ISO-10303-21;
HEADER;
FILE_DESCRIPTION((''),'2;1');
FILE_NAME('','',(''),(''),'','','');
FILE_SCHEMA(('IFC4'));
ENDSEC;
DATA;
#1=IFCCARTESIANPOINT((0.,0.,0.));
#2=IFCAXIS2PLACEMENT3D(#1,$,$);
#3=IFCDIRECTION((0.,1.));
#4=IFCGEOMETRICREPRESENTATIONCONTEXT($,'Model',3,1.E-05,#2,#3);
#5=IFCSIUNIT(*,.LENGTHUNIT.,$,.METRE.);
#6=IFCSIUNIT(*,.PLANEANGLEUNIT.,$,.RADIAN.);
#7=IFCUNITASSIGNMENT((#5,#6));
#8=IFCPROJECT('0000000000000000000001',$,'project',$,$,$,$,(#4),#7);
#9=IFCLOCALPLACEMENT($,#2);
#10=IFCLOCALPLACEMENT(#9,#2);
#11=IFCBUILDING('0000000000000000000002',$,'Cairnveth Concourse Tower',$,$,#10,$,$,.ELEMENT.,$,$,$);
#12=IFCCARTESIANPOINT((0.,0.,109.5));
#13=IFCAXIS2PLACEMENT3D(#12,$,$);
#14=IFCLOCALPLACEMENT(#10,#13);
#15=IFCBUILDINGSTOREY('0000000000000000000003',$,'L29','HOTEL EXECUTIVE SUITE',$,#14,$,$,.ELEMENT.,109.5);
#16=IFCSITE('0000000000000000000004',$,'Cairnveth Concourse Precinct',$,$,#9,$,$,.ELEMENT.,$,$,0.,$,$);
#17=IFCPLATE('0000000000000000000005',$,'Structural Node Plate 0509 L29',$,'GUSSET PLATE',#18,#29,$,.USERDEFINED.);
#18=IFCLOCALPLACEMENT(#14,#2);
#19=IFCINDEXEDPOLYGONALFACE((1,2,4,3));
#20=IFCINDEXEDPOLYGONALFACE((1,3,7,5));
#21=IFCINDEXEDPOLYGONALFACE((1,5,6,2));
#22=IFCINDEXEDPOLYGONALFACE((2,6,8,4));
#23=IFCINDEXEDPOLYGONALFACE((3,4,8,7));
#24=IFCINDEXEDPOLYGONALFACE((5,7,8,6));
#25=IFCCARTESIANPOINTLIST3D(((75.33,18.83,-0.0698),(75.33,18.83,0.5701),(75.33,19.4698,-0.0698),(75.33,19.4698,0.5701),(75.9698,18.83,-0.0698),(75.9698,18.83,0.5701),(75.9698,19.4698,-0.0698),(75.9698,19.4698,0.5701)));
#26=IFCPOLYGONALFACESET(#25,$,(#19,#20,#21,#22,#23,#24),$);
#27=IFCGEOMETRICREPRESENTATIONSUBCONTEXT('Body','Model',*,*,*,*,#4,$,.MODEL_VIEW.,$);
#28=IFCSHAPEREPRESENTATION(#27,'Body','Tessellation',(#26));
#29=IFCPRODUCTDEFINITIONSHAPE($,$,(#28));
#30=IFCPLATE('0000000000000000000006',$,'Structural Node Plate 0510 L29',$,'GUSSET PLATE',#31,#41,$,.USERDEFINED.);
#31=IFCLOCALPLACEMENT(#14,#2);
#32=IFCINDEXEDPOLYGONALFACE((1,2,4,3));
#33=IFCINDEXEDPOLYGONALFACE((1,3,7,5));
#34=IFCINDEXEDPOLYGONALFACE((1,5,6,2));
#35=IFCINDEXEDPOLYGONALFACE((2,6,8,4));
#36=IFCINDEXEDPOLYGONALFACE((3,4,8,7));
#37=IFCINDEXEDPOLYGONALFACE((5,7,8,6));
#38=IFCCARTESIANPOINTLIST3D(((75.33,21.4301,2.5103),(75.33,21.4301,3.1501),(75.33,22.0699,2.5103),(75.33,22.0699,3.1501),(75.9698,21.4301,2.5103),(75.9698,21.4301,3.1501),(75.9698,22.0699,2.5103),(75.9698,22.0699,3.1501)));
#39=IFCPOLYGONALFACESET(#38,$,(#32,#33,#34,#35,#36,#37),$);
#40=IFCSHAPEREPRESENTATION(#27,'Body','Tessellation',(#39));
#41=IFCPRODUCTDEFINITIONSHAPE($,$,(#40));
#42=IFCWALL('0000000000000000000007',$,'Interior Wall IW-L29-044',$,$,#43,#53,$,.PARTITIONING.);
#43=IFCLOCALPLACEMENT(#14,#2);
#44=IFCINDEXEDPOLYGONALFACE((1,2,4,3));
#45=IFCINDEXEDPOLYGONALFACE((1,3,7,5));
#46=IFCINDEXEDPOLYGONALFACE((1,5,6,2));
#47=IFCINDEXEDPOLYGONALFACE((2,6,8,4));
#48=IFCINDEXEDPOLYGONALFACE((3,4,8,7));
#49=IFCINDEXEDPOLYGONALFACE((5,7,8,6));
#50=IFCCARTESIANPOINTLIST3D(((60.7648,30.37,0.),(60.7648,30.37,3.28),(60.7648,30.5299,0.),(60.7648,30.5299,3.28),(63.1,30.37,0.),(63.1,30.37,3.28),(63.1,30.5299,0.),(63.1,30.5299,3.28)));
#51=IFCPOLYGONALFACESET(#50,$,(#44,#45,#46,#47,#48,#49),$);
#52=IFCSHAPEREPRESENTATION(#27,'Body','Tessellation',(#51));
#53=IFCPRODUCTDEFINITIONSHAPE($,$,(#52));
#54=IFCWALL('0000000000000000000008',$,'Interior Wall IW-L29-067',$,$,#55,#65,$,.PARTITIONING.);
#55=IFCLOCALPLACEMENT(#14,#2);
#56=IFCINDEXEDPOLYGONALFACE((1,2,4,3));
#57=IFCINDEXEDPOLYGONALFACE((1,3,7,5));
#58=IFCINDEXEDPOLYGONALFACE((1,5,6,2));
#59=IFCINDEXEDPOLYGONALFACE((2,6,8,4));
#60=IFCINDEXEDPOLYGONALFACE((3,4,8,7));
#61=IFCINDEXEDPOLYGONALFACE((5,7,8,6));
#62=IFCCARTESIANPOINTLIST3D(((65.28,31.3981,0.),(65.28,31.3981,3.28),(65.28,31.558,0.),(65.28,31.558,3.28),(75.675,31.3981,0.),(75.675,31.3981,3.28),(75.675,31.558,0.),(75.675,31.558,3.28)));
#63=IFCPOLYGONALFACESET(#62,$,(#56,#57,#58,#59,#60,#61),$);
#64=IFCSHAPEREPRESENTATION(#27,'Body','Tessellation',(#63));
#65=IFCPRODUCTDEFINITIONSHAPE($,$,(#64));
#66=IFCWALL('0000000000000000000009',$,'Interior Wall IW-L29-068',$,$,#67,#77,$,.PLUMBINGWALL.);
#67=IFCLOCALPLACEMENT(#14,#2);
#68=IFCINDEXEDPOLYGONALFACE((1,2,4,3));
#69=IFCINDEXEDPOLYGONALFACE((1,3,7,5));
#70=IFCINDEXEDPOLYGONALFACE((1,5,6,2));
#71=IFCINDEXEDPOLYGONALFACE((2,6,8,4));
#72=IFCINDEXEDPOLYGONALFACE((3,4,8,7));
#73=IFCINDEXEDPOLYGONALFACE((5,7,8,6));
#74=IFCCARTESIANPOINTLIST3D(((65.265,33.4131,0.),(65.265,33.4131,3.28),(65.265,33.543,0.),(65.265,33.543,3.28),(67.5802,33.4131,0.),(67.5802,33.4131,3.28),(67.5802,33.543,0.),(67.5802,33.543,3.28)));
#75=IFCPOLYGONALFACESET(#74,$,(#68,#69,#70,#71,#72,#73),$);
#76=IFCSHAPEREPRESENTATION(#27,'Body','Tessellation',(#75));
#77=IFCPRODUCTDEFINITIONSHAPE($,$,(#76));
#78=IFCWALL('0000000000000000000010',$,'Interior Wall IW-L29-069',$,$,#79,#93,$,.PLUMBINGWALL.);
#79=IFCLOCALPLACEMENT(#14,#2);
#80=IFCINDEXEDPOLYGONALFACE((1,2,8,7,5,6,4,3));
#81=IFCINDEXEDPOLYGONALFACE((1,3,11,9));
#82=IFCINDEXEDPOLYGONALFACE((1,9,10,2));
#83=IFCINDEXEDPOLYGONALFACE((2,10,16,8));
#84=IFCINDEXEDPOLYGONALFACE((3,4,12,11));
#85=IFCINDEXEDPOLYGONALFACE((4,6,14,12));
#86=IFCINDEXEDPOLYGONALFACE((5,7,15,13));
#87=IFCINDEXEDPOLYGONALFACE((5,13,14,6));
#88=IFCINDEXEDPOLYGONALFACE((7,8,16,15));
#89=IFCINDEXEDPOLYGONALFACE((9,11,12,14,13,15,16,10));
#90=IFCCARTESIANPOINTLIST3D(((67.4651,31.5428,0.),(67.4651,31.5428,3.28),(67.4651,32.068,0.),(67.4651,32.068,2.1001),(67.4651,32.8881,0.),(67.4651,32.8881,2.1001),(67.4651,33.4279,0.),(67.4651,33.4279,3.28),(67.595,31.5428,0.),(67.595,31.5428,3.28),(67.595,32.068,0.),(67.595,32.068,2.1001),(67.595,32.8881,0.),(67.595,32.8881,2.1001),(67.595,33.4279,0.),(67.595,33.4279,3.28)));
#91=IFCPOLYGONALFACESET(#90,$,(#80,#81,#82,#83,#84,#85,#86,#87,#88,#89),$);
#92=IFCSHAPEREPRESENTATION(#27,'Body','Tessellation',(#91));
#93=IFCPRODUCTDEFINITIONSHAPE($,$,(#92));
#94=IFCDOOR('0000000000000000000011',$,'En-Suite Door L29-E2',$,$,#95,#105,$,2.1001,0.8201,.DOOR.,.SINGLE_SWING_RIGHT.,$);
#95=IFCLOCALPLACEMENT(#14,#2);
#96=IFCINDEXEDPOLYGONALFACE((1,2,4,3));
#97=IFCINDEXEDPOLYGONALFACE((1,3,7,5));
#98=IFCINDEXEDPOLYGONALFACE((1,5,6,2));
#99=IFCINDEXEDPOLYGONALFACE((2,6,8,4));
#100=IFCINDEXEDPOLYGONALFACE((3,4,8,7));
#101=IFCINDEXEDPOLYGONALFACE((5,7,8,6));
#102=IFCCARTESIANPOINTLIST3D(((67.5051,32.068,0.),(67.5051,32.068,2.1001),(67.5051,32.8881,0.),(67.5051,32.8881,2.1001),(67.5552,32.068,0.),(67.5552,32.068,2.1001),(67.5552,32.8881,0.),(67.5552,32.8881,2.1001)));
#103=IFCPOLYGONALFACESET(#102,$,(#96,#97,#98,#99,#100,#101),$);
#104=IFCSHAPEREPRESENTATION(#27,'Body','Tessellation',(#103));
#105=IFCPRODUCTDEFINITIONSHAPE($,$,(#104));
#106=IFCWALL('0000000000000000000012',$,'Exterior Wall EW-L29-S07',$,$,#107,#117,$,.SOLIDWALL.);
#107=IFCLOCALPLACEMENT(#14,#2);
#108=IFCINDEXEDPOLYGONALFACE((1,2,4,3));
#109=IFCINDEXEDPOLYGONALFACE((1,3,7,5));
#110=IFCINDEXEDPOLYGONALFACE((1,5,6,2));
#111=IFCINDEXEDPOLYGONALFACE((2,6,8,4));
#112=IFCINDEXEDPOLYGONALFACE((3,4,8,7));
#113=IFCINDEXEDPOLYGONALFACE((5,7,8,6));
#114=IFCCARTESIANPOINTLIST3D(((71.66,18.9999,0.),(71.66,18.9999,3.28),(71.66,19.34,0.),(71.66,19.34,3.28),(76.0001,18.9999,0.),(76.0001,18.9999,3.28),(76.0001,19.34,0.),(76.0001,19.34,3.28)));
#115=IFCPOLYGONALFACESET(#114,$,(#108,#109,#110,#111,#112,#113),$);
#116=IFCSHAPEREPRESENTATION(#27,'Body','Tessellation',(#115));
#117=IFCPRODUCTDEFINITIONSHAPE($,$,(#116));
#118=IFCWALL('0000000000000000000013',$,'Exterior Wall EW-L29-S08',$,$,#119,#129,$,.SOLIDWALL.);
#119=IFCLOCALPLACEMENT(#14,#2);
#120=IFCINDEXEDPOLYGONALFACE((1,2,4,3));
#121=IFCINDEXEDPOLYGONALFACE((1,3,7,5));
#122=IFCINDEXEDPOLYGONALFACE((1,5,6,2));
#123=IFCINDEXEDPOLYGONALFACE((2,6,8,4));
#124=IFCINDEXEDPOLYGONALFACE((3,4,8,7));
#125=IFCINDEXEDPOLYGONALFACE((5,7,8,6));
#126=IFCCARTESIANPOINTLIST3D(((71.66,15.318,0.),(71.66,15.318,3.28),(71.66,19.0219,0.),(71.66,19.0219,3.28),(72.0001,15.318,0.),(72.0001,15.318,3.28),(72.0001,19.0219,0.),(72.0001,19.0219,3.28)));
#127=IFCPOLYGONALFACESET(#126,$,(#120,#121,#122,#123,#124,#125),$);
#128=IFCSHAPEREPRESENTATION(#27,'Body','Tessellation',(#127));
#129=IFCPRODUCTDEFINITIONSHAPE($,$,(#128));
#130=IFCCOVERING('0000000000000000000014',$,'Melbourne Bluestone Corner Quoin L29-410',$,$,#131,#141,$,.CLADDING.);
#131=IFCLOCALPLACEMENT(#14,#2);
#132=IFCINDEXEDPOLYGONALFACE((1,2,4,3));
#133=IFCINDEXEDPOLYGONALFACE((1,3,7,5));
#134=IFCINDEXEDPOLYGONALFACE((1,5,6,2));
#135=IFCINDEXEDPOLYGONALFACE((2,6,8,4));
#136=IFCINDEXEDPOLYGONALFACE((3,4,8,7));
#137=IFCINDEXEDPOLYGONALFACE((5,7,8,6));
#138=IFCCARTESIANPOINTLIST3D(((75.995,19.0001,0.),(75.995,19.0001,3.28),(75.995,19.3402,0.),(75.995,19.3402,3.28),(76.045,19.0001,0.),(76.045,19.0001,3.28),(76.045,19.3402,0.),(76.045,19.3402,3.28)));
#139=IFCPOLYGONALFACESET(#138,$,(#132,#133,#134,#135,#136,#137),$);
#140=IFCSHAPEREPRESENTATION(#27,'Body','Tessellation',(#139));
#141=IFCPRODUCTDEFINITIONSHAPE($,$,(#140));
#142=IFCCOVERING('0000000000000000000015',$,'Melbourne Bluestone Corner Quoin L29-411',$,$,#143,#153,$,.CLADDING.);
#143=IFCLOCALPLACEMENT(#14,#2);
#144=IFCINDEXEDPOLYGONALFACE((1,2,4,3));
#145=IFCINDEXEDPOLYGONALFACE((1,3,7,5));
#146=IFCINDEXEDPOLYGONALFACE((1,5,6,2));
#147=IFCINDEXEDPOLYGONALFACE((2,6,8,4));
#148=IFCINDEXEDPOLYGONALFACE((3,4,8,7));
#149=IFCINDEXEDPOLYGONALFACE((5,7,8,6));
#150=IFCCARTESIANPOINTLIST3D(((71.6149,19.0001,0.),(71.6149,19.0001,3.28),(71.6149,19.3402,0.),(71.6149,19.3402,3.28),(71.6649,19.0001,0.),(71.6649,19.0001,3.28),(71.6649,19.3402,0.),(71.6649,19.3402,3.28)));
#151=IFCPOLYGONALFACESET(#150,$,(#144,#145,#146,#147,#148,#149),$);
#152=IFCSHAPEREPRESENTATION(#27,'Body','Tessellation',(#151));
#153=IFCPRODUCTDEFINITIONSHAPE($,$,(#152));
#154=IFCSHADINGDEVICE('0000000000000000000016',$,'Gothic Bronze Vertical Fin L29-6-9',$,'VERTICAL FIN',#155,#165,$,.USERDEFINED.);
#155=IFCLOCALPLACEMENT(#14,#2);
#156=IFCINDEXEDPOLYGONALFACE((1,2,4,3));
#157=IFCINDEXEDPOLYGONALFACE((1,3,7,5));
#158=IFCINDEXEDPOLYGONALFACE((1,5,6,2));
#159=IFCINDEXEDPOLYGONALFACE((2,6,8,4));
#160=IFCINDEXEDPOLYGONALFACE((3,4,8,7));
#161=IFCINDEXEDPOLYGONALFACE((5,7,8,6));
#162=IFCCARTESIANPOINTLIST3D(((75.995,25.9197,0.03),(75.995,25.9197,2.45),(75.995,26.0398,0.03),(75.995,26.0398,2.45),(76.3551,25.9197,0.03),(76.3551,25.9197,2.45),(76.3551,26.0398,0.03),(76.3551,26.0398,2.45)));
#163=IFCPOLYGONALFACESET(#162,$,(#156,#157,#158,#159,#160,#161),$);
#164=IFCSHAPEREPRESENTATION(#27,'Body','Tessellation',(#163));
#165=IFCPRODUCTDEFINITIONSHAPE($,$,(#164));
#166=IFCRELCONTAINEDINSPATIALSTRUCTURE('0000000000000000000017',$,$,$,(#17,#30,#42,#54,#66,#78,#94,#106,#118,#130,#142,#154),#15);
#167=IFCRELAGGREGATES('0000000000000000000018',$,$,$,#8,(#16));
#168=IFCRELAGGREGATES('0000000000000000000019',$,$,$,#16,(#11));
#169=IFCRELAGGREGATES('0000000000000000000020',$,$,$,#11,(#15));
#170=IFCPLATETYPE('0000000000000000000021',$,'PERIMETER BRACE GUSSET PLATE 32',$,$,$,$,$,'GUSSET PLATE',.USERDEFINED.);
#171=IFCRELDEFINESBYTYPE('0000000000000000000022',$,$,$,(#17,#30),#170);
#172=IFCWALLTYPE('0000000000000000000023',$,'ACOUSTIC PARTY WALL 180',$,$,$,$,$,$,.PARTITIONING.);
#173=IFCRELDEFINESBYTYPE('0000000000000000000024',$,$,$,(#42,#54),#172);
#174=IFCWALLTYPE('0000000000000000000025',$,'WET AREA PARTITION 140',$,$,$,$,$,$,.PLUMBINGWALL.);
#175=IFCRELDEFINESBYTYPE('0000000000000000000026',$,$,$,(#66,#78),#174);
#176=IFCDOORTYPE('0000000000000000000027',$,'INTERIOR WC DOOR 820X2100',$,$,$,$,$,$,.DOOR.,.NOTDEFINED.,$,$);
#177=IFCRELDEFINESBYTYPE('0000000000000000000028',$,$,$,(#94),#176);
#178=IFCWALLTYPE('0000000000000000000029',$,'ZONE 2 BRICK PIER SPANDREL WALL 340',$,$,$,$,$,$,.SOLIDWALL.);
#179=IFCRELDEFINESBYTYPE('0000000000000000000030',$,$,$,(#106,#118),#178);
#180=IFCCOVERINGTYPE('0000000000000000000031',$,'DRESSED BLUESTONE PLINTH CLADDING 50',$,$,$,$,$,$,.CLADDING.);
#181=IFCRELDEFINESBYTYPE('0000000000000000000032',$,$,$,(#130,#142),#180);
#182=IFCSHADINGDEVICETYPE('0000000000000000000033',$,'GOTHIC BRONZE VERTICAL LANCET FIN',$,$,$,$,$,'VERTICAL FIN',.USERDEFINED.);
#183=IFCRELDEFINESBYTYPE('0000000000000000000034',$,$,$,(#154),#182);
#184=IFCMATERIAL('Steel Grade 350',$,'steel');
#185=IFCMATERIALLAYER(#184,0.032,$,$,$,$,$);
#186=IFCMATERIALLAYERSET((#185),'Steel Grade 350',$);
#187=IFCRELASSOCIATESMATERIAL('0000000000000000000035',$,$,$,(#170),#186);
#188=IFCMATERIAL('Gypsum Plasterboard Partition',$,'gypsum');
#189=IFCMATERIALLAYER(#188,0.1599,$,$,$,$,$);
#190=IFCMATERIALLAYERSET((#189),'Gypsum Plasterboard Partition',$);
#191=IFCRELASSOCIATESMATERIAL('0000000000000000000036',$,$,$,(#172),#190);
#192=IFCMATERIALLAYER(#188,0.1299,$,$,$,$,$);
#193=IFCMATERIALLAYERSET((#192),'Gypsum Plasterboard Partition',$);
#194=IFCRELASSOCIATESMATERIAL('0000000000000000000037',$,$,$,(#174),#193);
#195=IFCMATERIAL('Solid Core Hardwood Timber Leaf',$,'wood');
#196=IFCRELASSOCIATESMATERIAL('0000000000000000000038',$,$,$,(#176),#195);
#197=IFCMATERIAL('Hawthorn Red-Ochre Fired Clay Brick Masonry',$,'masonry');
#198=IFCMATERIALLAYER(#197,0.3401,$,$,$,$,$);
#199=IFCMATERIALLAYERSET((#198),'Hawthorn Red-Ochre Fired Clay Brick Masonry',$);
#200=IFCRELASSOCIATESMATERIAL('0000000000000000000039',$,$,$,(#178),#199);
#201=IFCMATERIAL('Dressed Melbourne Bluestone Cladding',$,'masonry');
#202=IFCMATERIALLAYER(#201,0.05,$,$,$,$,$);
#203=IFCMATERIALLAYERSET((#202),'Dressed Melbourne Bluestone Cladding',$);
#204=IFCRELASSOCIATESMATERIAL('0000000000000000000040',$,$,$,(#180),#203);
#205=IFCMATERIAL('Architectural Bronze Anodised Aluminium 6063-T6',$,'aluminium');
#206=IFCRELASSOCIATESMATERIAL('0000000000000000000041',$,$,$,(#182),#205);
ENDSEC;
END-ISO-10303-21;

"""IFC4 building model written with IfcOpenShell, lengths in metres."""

from ifc_helpers import new_model, si_unit, direction, frame, frame_2d, origin, origin_2d, place, context, subcontext, project, spatial, rectangle, extrude, material, layer, layer_set, type_object, element, fill, save


model = new_model("IFC4")

# Units and contexts
model_context = context("Model", 3, precision=1e-05, world=origin(), true_north=direction((0.0, 1.0)))
body_context = subcontext(model_context, "Body", "Model", "MODEL_VIEW")
ifc_project = project(units=[si_unit("LENGTHUNIT", "METRE"), si_unit("PLANEANGLEUNIT", "RADIAN")], contexts=[model_context])

# Site, building, storey
site_placement = place(None, origin())
site = spatial("IfcSite", under=ifc_project, at=site_placement, Name="Cairnveth Concourse Precinct", CompositionType="ELEMENT", RefElevation=0.0)
building_placement = place(site_placement, origin())
building = spatial("IfcBuilding", under=site, at=building_placement, Name="Cairnveth Concourse Tower", CompositionType="ELEMENT")
storey_placement = place(building_placement, frame((0.0, 0.0, 109.5)))
storey = spatial("IfcBuildingStorey", under=building, at=storey_placement, Name="L29", Description="HOTEL EXECUTIVE SUITE", CompositionType="ELEMENT", Elevation=109.5)

# Shared definitions
ifc_material_1 = material(Name="Steel Grade 350", Category="steel")

# Plates
ifc_layer_1 = layer(ifc_material_1, 0.032)
ifc_layer_set_1 = layer_set([ifc_layer_1], Name="Steel Grade 350")
plate_type = type_object("IfcPlateType", Name="PERIMETER BRACE GUSSET PLATE 32", ElementType="GUSSET PLATE", PredefinedType="USERDEFINED", material=ifc_layer_set_1)
for number, where, z_axis, x_axis, name in (
    (1, (75.6499, 19.1499, -0.0698), (0.0, 0.0, 1.0), (1.0, 0.0, 0.0), "Structural Node Plate 0509 L29"),
    (2, (75.6499, 21.75, 2.5103), (0.0, 0.0, 1.0), (1.0, 0.0, 0.0), "Structural Node Plate 0510 L29"),
):
    element("IfcPlate", number, at=place(storey_placement, frame(where, z_axis=z_axis, x_axis=x_axis)), inside=storey, type_object=plate_type, Name=name, ObjectType="GUSSET PLATE", PredefinedType="USERDEFINED", context=body_context, shape_type="SweptSolid", body=[
        extrude(rectangle(XDim=0.6399, YDim=0.6399, at=origin_2d()), origin(), (0.0, 0.0, 1.0), 0.6399),
    ])

# Walls
ifc_material_2 = material(Name="Gypsum Plasterboard Partition", Category="gypsum")
ifc_layer_2 = layer(ifc_material_2, 0.1599)
ifc_layer_set_2 = layer_set([ifc_layer_2], Name="Gypsum Plasterboard Partition")
wall_type_1 = type_object("IfcWallType", Name="ACOUSTIC PARTY WALL 180", PredefinedType="PARTITIONING", material=ifc_layer_set_2)
wall_1_placement = place(storey_placement, frame((60.7649, 30.45, 0.0), z_axis=(0.0, 0.0, 1.0), x_axis=(1.0, 0.0, 0.0)))
element("IfcWall", 3, at=wall_1_placement, inside=storey, type_object=wall_type_1, Name="Interior Wall IW-L29-044", PredefinedType="PARTITIONING", context=body_context, shape_type="SweptSolid", body=[
    extrude(rectangle(XDim=2.3352, YDim=0.1599, at=frame_2d((1.1675, 0.0))), origin(), (0.0, 0.0, 1.0), 3.28),
])
wall_2_placement = place(storey_placement, frame((65.28, 31.478, 0.0), z_axis=(0.0, 0.0, 1.0), x_axis=(1.0, 0.0, 0.0)))
element("IfcWall", 4, at=wall_2_placement, inside=storey, type_object=wall_type_1, Name="Interior Wall IW-L29-067", PredefinedType="PARTITIONING", context=body_context, shape_type="SweptSolid", body=[
    extrude(rectangle(XDim=10.395, YDim=0.1599, at=frame_2d((5.1975, 0.0))), origin(), (0.0, 0.0, 1.0), 3.28),
])
ifc_layer_3 = layer(ifc_material_2, 0.1299)
ifc_layer_set_3 = layer_set([ifc_layer_3], Name="Gypsum Plasterboard Partition")
wall_type_2 = type_object("IfcWallType", Name="WET AREA PARTITION 140", PredefinedType="PLUMBINGWALL", material=ifc_layer_set_3)
wall_3_placement = place(storey_placement, frame((65.2649, 33.478, 0.0), z_axis=(0.0, 0.0, 1.0), x_axis=(1.0, 0.0, 0.0)))
element("IfcWall", 5, at=wall_3_placement, inside=storey, type_object=wall_type_2, Name="Interior Wall IW-L29-068", PredefinedType="PLUMBINGWALL", context=body_context, shape_type="SweptSolid", body=[
    extrude(rectangle(XDim=2.3152, YDim=0.1299, at=frame_2d((1.1577, 0.0))), origin(), (0.0, 0.0, 1.0), 3.28),
])

# Wall, opening, door
wall_4_placement = place(storey_placement, frame((67.53, 31.543, 0.0), z_axis=(0.0, 0.0, 1.0), x_axis=(0.0, 1.0, 0.0)))
wall_4 = element("IfcWall", 6, at=wall_4_placement, inside=storey, type_object=wall_type_2, Name="Interior Wall IW-L29-069", PredefinedType="PLUMBINGWALL", context=body_context, shape_type="SweptSolid", body=[
    extrude(rectangle(XDim=1.885, YDim=0.1299, at=frame_2d((0.9424, 0.0))), origin(), (0.0, 0.0, 1.0), 3.28),
])
opening_placement = place(wall_4_placement, frame((0.5249, 0.0, 0.0)))
opening = element("IfcOpeningElement", 7, at=opening_placement, cuts=wall_4, PredefinedType="OPENING", context=body_context, shape_type="SweptSolid", body=[
    extrude(rectangle(XDim=0.8201, YDim=2.1001, at=frame_2d((0.4102, 1.05))), frame((0.0, 0.075, 0.0), z_axis=(0.0, -1.0, 0.0), x_axis=(1.0, 0.0, 0.0)), (0.0, 0.0, 1.0), 0.1499),
])
ifc_material_3 = material(Name="Solid Core Hardwood Timber Leaf", Category="wood")
door_type = type_object("IfcDoorType", Name="INTERIOR WC DOOR 820X2100", OperationType="NOTDEFINED", PredefinedType="DOOR", material=ifc_material_3)
door_placement = place(opening_placement, origin())
door = element("IfcDoor", 8, at=door_placement, inside=storey, type_object=door_type, Name="En-Suite Door L29-E2", OperationType="SINGLE_SWING_RIGHT", OverallHeight=2.1001, OverallWidth=0.8201, PredefinedType="DOOR", context=body_context, shape_type="SweptSolid", body=[
    extrude(rectangle(XDim=0.8201, YDim=2.1001, at=frame_2d((0.4102, 1.05))), frame((0.0, 0.0249, 0.0), z_axis=(0.0, -1.0, 0.0), x_axis=(1.0, 0.0, 0.0)), (0.0, 0.0, 1.0), 0.05),
])
fill(opening, door)

# Walls
ifc_material_4 = material(Name="Hawthorn Red-Ochre Fired Clay Brick Masonry", Category="masonry")
ifc_layer_4 = layer(ifc_material_4, 0.3401)
ifc_layer_set_4 = layer_set([ifc_layer_4], Name="Hawthorn Red-Ochre Fired Clay Brick Masonry")
wall_type_3 = type_object("IfcWallType", Name="ZONE 2 BRICK PIER SPANDREL WALL 340", PredefinedType="SOLIDWALL", material=ifc_layer_set_4)
wall_5_placement = place(storey_placement, frame((76.0, 19.1699, 0.0), z_axis=(0.0, 0.0, 1.0), x_axis=(-1.0, 0.0, 0.0)))
element("IfcWall", 9, at=wall_5_placement, inside=storey, type_object=wall_type_3, Name="Exterior Wall EW-L29-S07", PredefinedType="SOLIDWALL", context=body_context, shape_type="SweptSolid", body=[
    extrude(rectangle(XDim=4.3401, YDim=0.3401, at=frame_2d((2.1699, 0.0))), origin(), (0.0, 0.0, 1.0), 3.28),
])
wall_6_placement = place(storey_placement, frame((71.8301, 19.022, 0.0), z_axis=(0.0, 0.0, 1.0), x_axis=(0.0, -1.0, 0.0)))
element("IfcWall", 10, at=wall_6_placement, inside=storey, type_object=wall_type_3, Name="Exterior Wall EW-L29-S08", PredefinedType="SOLIDWALL", context=body_context, shape_type="SweptSolid", body=[
    extrude(rectangle(XDim=3.7039, YDim=0.3401, at=frame_2d((1.8521, 0.0))), origin(), (0.0, 0.0, 1.0), 3.28),
])

# Coverings
ifc_material_5 = material(Name="Dressed Melbourne Bluestone Cladding", Category="masonry")
ifc_layer_5 = layer(ifc_material_5, 0.05)
ifc_layer_set_5 = layer_set([ifc_layer_5], Name="Dressed Melbourne Bluestone Cladding")
covering_type = type_object("IfcCoveringType", Name="DRESSED BLUESTONE PLINTH CLADDING 50", PredefinedType="CLADDING", material=ifc_layer_set_5)
for number, where, z_axis, x_axis, name in (
    (11, (76.02, 19.3401, 0.0), (0.0, 0.0, 1.0), (0.0, -1.0, 0.0), "Melbourne Bluestone Corner Quoin L29-410"),
    (12, (71.6399, 19.3401, 0.0), (0.0, 0.0, 1.0), (0.0, -1.0, 0.0), "Melbourne Bluestone Corner Quoin L29-411"),
):
    element("IfcCovering", number, at=place(storey_placement, frame(where, z_axis=z_axis, x_axis=x_axis)), inside=storey, type_object=covering_type, Name=name, PredefinedType="CLADDING", context=body_context, shape_type="SweptSolid", body=[
        extrude(rectangle(XDim=0.3401, YDim=0.05, at=frame_2d((0.1699, 0.0))), origin(), (0.0, 0.0, 1.0), 3.28),
    ])

# Shading device
ifc_material_6 = material(Name="Architectural Bronze Anodised Aluminium 6063-T6", Category="aluminium")
shading_device_type = type_object("IfcShadingDeviceType", Name="GOTHIC BRONZE VERTICAL LANCET FIN", ElementType="VERTICAL FIN", PredefinedType="USERDEFINED", material=ifc_material_6)
shading_device_placement = place(storey_placement, frame((76.175, 25.9797, 0.03), z_axis=(0.0, 0.0, 1.0), x_axis=(0.0, 1.0, 0.0)))
element("IfcShadingDevice", 13, at=shading_device_placement, inside=storey, type_object=shading_device_type, Name="Gothic Bronze Vertical Fin L29-6-9", ObjectType="VERTICAL FIN", PredefinedType="USERDEFINED", context=body_context, shape_type="SweptSolid", body=[
    extrude(rectangle(XDim=0.1201, YDim=0.3601, at=origin_2d()), origin(), (0.0, 0.0, 1.0), 2.4199),
])

save(model, "model.ifc")
